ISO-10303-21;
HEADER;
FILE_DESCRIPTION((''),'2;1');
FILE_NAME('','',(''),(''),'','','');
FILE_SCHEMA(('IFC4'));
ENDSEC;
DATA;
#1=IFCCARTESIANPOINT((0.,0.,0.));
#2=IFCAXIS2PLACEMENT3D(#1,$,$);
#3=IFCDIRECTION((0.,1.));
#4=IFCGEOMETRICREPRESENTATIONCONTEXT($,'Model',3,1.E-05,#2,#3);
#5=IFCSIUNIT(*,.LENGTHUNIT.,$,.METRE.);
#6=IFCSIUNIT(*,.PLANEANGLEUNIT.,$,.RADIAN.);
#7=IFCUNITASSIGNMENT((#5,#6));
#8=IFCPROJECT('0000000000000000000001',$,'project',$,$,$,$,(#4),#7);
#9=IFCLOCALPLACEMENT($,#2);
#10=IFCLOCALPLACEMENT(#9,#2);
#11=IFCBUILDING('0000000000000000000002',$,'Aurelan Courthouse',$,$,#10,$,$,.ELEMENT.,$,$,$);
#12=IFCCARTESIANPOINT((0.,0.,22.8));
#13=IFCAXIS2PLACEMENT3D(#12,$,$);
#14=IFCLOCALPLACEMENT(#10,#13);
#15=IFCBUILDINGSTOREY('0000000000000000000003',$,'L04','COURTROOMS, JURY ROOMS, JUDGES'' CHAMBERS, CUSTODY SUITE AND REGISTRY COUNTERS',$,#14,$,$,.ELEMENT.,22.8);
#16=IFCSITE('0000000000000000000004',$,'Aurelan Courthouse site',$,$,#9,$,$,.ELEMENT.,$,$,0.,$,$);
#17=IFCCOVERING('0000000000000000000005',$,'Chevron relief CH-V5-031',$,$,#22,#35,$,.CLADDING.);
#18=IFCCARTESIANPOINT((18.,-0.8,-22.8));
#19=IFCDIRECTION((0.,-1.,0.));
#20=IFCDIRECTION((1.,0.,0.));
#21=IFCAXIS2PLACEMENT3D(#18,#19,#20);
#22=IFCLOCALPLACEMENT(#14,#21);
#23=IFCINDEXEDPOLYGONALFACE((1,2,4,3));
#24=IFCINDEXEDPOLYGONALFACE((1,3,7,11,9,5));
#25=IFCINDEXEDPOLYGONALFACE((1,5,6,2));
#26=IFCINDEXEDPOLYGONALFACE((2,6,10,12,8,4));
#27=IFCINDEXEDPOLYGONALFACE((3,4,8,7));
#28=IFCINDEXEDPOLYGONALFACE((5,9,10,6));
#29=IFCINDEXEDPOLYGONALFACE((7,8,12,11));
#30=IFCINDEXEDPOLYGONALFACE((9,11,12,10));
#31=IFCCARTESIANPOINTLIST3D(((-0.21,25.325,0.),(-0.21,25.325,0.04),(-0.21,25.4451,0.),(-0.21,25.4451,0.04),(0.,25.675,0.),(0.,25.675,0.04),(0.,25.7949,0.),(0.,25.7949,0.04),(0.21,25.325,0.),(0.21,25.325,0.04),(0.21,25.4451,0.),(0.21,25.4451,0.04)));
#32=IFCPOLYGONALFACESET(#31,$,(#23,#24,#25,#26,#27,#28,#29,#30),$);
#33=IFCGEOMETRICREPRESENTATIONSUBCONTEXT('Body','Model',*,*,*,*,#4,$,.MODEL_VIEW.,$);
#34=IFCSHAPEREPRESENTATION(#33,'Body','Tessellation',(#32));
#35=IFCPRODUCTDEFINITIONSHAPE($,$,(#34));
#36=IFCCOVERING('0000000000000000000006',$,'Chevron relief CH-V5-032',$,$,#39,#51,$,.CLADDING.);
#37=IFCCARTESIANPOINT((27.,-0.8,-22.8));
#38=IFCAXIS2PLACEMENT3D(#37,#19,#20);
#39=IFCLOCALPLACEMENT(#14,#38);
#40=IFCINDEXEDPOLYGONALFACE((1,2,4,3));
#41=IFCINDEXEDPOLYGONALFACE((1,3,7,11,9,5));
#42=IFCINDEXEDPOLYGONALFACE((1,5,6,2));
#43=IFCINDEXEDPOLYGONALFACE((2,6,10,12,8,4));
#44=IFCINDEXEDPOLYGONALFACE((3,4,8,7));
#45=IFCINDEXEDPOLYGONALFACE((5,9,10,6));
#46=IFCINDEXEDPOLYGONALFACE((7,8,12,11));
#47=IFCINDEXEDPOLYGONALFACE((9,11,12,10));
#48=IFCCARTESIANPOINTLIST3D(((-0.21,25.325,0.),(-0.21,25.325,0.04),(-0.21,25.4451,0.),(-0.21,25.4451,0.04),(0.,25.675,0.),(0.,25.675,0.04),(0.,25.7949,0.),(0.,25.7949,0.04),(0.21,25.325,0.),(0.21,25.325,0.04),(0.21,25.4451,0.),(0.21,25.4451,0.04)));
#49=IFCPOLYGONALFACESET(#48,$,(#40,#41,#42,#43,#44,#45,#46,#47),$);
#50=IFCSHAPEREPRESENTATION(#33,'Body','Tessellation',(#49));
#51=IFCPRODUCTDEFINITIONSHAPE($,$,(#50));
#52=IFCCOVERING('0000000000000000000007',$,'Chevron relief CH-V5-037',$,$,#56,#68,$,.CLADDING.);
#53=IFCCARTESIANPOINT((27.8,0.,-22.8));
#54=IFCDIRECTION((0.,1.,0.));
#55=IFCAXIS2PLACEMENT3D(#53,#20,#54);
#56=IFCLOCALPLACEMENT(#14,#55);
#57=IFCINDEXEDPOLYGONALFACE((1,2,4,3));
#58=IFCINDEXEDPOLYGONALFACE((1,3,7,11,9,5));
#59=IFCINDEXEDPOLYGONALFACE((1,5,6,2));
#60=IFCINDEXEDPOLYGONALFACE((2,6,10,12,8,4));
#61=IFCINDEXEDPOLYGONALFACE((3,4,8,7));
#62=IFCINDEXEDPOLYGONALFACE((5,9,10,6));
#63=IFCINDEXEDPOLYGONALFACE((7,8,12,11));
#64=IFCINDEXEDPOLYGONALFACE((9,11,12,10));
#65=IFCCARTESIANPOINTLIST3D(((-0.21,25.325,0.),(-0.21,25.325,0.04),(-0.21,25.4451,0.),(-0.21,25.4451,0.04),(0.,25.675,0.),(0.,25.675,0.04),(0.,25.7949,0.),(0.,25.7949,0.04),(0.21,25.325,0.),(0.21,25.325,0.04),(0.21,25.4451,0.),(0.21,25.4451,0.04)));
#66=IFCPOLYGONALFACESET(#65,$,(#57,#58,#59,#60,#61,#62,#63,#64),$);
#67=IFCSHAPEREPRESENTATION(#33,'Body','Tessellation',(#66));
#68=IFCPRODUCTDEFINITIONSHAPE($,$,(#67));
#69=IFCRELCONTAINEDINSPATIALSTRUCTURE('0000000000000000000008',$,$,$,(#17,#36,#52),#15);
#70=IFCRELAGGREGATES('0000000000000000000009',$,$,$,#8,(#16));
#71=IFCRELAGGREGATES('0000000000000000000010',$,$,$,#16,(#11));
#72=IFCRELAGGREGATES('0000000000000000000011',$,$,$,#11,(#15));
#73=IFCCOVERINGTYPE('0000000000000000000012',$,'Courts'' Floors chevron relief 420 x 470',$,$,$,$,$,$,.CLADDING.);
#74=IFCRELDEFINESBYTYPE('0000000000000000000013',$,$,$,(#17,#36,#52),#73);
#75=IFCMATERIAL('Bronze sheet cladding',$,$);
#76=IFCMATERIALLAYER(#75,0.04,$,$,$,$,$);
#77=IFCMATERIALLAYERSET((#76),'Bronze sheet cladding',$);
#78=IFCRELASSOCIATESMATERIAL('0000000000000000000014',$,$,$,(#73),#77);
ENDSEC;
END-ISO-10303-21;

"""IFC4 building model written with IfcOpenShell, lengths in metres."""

from ifc_helpers import new_model, si_unit, direction, frame, origin, place, context, subcontext, project, spatial, polyline, outline, extrude, material, layer, layer_set, type_object, element, save


model = new_model("IFC4")

# Units and contexts
model_context = context("Model", 3, precision=1e-05, world=origin(), true_north=direction((0.0, 1.0)))
body_context = subcontext(model_context, "Body", "Model", "MODEL_VIEW")
ifc_project = project(units=[si_unit("LENGTHUNIT", "METRE"), si_unit("PLANEANGLEUNIT", "RADIAN")], contexts=[model_context])

# Site, building, storey
site_placement = place(None, origin())
site = spatial("IfcSite", under=ifc_project, at=site_placement, Name="Aurelan Courthouse site", CompositionType="ELEMENT", RefElevation=0.0)
building_placement = place(site_placement, origin())
building = spatial("IfcBuilding", under=site, at=building_placement, Name="Aurelan Courthouse", CompositionType="ELEMENT")
storey_placement = place(building_placement, frame((0.0, 0.0, 22.8)))
storey = spatial("IfcBuildingStorey", under=building, at=storey_placement, Name="L04", Description="COURTROOMS, JURY ROOMS, JUDGES' CHAMBERS, CUSTODY SUITE AND REGISTRY COUNTERS", CompositionType="ELEMENT", Elevation=22.8)

# Coverings
ifc_material_1 = material(Name="Bronze sheet cladding")
ifc_layer_1 = layer(ifc_material_1, 0.04)
ifc_layer_set_1 = layer_set([ifc_layer_1], Name="Bronze sheet cladding")
covering_type_1 = type_object("IfcCoveringType", Name="Courts' Floors chevron relief 420 x 470", PredefinedType="CLADDING", material=ifc_layer_set_1)
for number, where, z_axis, x_axis, name in (
    (1, (18.0, -0.8, -22.8), (0.0, -1.0, 0.0), (1.0, 0.0, 0.0), "Chevron relief CH-V5-031"),
    (2, (27.0, -0.8, -22.8), (0.0, -1.0, 0.0), (1.0, 0.0, 0.0), "Chevron relief CH-V5-032"),
    (3, (27.8, 0.0, -22.8), (1.0, 0.0, 0.0), (0.0, 1.0, 0.0), "Chevron relief CH-V5-037"),
):
    element("IfcCovering", number, at=place(storey_placement, frame(where, z_axis=z_axis, x_axis=x_axis)), inside=storey, type_object=covering_type_1, Name=name, PredefinedType="CLADDING", context=body_context, shape_type="SweptSolid", body=[
        extrude(outline(polyline([(-0.21, 25.325), (0.0, 25.675), (0.21, 25.325), (0.21, 25.4451), (0.0, 25.7949), (-0.21, 25.4451), (-0.21, 25.325)])), origin(), (0.0, 0.0, 1.0), 0.04),
    ])

save(model, "model.ifc")
